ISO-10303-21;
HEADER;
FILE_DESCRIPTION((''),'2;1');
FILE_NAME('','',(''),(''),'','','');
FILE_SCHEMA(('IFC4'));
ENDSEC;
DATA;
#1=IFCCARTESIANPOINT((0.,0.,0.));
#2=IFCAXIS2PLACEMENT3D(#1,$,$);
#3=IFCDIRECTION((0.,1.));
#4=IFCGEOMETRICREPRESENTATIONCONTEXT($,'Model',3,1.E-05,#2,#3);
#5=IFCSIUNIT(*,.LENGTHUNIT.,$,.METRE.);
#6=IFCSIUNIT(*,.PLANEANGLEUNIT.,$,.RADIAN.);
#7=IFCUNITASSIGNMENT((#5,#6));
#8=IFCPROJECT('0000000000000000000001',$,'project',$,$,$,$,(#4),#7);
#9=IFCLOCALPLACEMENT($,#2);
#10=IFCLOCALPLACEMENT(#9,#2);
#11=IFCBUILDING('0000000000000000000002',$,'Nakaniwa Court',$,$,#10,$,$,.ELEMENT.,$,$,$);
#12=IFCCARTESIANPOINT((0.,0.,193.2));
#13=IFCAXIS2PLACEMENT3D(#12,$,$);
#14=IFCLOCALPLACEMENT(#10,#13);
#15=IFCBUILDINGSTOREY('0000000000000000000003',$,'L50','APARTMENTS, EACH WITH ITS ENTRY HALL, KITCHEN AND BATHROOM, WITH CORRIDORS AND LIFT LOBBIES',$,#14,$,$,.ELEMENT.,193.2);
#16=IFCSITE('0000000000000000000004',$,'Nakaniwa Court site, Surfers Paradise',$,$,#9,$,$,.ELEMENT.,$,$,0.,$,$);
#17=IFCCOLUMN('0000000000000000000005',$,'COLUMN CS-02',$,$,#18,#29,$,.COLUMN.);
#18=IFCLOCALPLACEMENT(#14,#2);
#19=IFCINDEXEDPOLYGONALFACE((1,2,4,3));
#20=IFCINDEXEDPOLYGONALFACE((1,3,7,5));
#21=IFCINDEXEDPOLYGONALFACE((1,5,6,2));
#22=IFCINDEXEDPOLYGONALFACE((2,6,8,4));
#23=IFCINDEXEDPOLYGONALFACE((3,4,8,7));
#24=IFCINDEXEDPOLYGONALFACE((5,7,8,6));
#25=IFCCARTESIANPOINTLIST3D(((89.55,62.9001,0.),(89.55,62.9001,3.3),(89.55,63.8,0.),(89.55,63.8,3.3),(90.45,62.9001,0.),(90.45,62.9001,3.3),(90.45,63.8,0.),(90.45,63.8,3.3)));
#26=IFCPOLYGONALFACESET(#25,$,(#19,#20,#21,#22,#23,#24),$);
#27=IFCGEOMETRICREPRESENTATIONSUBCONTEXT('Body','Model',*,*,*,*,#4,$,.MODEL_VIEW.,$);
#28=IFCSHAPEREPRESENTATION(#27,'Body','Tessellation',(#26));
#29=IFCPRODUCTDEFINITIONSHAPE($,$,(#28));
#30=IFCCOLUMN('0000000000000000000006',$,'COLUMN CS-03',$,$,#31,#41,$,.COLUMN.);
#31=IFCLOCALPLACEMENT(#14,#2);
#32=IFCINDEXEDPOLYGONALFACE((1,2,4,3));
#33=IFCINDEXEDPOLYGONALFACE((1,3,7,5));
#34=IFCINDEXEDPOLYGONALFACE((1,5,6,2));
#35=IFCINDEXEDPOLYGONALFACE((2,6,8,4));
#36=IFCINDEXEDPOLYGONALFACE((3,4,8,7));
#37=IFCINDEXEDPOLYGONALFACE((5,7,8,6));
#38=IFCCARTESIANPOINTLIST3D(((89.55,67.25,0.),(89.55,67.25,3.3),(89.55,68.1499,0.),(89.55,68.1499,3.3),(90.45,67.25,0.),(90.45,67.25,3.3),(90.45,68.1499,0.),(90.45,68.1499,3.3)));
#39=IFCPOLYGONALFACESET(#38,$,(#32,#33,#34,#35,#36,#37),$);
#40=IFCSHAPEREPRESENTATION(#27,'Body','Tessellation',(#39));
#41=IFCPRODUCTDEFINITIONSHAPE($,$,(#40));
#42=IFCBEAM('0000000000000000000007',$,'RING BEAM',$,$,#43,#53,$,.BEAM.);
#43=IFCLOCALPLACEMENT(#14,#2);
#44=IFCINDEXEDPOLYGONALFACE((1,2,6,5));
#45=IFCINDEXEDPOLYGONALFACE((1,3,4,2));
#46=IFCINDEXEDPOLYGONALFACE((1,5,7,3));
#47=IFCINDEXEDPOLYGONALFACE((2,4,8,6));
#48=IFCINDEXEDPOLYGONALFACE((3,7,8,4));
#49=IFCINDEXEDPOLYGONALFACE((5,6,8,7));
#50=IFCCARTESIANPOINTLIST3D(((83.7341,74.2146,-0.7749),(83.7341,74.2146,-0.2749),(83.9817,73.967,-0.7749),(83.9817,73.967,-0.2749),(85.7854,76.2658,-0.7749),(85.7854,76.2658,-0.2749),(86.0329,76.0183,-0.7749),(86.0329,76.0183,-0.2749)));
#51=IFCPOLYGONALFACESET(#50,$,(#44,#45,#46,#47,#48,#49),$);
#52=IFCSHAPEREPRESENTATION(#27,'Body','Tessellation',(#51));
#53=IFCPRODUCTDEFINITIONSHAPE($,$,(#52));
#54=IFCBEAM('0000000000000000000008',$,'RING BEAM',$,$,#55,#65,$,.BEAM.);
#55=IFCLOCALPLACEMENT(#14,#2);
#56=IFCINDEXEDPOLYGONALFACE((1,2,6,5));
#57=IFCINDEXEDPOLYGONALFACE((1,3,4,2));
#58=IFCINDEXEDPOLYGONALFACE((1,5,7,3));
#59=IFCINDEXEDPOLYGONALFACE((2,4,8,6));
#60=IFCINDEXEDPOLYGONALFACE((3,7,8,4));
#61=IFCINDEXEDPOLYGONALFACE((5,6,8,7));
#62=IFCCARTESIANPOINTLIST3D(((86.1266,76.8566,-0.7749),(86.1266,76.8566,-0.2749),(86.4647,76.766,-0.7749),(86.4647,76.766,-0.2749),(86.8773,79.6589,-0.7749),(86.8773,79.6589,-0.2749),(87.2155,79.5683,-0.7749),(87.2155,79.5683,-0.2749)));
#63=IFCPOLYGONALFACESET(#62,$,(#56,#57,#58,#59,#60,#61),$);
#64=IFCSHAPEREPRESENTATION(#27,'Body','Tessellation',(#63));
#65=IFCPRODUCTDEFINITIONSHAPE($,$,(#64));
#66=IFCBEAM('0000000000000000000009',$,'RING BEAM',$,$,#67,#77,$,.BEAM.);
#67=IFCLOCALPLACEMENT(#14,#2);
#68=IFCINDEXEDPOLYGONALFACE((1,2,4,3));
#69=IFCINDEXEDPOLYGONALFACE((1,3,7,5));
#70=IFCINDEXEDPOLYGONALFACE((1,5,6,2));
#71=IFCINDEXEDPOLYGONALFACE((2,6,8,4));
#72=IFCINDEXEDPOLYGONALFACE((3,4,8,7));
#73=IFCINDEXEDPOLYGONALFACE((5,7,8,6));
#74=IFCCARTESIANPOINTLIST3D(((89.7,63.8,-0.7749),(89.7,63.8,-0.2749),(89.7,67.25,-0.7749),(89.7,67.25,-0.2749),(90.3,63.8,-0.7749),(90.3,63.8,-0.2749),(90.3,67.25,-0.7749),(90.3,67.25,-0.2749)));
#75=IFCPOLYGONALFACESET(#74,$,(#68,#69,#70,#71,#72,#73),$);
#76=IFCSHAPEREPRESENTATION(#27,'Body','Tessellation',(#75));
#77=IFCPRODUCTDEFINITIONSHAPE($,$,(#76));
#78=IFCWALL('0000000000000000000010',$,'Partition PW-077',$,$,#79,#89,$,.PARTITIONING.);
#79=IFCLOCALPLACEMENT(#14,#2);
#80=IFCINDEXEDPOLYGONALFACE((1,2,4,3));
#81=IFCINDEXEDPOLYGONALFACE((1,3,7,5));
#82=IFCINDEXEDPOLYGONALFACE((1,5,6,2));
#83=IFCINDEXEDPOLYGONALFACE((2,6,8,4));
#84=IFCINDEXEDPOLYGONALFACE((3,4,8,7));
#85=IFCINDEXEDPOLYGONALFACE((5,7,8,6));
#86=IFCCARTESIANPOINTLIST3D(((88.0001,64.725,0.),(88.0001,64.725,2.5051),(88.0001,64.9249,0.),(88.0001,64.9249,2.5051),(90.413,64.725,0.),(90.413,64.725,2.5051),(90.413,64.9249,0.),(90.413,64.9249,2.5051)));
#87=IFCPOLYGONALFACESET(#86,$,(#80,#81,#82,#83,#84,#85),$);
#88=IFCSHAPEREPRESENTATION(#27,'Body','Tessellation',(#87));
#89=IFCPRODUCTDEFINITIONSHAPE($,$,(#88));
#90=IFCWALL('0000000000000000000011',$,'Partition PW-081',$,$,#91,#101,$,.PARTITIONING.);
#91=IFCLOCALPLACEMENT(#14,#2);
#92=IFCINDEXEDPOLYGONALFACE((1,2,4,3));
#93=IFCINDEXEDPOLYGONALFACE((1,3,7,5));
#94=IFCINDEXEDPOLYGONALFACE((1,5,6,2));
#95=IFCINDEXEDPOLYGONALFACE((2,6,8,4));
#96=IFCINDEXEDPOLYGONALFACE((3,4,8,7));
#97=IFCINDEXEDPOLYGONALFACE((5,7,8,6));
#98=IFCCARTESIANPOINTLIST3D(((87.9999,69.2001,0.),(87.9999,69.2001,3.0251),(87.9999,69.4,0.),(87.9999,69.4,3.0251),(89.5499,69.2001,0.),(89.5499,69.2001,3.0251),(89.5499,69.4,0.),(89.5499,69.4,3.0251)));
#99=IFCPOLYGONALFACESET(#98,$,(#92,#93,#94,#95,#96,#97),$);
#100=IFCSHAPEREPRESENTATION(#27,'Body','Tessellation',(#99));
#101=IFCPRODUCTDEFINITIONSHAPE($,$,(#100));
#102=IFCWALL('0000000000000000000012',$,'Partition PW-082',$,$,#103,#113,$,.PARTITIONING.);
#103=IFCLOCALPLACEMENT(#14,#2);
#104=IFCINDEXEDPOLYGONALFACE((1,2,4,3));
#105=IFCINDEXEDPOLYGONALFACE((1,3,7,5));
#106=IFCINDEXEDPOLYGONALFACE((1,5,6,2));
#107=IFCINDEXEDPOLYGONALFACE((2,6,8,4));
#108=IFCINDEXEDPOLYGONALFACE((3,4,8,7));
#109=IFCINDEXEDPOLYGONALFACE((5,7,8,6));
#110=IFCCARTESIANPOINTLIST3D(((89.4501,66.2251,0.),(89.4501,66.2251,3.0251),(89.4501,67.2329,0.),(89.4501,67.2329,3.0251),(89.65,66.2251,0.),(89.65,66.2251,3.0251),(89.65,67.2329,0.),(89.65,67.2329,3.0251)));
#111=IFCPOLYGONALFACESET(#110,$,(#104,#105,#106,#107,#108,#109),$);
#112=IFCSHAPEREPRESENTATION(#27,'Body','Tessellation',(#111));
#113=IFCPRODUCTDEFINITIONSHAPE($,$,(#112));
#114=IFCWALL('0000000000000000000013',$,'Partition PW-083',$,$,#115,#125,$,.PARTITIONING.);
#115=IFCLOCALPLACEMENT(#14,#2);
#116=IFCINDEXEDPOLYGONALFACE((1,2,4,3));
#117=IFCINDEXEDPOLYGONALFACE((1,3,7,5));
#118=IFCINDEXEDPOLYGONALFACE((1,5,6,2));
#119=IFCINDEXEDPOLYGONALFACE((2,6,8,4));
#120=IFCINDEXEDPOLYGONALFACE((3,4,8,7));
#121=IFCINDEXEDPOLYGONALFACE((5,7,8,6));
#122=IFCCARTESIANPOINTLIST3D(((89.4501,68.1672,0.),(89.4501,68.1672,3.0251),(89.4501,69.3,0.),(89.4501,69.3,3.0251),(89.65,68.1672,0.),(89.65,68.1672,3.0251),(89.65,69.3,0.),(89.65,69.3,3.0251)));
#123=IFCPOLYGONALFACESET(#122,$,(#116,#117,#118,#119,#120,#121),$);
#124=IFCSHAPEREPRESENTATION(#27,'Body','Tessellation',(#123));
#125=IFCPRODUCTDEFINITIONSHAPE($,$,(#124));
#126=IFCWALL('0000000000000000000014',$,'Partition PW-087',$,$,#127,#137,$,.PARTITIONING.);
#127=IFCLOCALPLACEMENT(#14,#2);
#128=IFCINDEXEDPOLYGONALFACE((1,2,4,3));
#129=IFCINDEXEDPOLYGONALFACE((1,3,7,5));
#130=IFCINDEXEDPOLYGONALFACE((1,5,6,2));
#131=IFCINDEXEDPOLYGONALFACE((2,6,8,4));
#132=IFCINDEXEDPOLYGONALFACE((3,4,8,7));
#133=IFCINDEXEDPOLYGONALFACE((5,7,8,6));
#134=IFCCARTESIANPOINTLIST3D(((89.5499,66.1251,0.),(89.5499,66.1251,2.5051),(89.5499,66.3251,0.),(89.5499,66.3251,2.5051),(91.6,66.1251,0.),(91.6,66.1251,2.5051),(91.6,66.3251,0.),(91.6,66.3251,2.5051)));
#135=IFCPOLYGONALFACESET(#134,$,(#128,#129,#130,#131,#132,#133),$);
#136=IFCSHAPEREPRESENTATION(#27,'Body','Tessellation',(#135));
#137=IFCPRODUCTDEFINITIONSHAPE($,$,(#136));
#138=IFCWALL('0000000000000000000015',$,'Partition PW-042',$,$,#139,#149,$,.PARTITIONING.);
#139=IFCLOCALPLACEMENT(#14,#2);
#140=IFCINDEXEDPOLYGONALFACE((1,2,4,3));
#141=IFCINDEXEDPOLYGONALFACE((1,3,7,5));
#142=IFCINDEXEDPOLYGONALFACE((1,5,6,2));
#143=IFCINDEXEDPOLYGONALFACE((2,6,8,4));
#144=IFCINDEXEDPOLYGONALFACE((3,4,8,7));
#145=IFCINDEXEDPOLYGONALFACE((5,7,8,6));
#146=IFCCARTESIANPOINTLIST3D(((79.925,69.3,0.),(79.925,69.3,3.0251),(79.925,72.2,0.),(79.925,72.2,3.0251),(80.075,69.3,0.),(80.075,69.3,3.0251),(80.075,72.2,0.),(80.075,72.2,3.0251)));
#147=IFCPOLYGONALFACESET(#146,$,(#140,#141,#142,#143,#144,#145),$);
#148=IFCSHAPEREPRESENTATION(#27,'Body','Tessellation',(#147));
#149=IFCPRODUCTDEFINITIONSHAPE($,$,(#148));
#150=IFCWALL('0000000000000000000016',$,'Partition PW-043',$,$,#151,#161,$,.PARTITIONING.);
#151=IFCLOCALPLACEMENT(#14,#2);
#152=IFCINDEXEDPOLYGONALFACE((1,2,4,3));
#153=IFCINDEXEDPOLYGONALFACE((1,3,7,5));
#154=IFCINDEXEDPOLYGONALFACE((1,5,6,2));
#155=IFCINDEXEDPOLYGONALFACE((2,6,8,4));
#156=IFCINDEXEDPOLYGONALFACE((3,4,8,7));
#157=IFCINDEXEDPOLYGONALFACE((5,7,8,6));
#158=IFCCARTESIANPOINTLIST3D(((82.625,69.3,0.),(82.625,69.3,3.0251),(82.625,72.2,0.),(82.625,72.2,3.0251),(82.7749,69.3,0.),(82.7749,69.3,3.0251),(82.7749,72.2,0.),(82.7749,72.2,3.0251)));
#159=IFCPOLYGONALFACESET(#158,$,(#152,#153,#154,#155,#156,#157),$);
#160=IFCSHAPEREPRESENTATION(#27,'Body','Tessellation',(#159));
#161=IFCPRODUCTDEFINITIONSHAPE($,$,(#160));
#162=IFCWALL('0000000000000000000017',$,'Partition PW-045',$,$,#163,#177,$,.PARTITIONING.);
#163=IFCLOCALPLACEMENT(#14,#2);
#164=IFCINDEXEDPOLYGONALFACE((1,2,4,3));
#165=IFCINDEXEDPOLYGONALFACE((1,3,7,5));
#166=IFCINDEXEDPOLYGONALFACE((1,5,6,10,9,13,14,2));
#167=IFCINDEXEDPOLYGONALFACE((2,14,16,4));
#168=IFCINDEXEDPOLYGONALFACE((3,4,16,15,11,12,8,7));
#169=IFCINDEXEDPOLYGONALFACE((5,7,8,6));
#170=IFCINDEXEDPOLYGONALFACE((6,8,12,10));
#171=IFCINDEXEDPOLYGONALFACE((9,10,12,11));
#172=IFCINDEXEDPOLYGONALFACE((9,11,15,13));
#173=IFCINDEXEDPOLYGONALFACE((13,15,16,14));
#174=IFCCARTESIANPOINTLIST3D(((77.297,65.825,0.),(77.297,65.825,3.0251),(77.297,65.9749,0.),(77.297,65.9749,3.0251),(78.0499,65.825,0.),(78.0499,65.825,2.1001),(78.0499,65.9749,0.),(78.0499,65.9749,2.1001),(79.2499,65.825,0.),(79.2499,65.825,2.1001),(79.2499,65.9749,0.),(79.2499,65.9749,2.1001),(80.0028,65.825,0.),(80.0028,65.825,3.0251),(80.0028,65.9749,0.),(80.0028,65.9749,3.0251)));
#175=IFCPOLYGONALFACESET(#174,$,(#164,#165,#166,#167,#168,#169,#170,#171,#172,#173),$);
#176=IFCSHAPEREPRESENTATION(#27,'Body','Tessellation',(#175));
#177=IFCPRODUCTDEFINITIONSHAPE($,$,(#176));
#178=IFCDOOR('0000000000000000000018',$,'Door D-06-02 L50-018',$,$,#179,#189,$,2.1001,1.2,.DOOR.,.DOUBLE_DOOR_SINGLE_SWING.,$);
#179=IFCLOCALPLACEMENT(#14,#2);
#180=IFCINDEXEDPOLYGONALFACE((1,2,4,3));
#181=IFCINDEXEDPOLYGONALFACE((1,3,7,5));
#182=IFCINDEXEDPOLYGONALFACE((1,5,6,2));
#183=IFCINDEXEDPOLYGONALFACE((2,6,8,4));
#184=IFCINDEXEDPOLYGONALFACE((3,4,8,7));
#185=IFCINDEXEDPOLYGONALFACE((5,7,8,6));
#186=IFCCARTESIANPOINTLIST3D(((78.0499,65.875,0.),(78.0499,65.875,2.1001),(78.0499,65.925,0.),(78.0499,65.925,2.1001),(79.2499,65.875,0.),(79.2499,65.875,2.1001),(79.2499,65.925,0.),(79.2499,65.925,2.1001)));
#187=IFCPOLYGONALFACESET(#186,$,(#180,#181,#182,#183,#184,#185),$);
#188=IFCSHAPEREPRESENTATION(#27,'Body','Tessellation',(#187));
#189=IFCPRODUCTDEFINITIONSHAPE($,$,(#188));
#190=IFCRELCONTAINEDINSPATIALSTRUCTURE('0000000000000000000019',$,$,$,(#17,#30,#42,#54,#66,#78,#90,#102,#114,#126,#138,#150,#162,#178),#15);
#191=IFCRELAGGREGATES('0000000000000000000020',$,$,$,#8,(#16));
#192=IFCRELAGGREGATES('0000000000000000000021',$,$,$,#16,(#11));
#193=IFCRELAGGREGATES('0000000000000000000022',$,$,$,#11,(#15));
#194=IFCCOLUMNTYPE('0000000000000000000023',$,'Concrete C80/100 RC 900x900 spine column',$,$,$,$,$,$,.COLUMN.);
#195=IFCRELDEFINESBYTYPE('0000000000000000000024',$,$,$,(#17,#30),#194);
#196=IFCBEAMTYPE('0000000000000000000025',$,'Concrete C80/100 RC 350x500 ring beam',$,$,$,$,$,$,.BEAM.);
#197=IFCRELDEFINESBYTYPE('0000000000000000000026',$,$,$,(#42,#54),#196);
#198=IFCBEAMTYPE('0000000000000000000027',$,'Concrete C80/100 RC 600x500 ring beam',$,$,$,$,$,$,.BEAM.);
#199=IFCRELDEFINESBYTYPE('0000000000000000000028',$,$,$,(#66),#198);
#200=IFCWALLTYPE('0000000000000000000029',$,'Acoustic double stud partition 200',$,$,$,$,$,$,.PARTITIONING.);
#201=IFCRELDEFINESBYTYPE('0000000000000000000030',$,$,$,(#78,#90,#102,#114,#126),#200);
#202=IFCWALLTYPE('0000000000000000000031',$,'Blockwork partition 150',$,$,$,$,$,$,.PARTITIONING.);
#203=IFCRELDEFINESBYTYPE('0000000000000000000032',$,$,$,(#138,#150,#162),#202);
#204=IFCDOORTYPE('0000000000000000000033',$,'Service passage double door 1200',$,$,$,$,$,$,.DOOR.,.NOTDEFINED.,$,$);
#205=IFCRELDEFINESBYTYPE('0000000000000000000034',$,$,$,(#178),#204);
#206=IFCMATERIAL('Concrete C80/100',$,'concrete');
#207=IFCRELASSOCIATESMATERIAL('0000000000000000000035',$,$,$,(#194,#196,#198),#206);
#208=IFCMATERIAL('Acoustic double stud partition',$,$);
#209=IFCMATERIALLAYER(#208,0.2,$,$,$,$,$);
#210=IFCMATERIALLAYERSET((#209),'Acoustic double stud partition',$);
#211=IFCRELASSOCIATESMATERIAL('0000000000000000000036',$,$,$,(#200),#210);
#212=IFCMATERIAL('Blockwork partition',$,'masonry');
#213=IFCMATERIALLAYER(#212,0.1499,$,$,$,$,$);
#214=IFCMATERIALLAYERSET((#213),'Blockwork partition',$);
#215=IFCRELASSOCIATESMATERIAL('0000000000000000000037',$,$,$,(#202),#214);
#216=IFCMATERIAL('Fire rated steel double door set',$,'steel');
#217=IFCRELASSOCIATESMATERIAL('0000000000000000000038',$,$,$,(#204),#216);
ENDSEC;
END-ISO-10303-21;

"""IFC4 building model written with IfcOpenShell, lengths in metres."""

from ifc_helpers import new_model, si_unit, direction, frame, frame_2d, origin, origin_2d, place, context, subcontext, project, spatial, rectangle, extrude, material, layer, layer_set, material_profile, profile_set, type_object, element, fill, save


model = new_model("IFC4")

# Units and contexts
model_context = context("Model", 3, precision=1e-05, world=origin(), true_north=direction((0.0, 1.0)))
body_context = subcontext(model_context, "Body", "Model", "MODEL_VIEW")
ifc_project = project(units=[si_unit("LENGTHUNIT", "METRE"), si_unit("PLANEANGLEUNIT", "RADIAN")], contexts=[model_context])

# Site, building, storey
site_placement = place(None, origin())
site = spatial("IfcSite", under=ifc_project, at=site_placement, Name="Nakaniwa Court site, Surfers Paradise", CompositionType="ELEMENT", RefElevation=0.0)
building_placement = place(site_placement, origin())
building = spatial("IfcBuilding", under=site, at=building_placement, Name="Nakaniwa Court", CompositionType="ELEMENT")
storey_placement = place(building_placement, frame((0.0, 0.0, 193.2)))
storey = spatial("IfcBuildingStorey", under=building, at=storey_placement, Name="L50", Description="APARTMENTS, EACH WITH ITS ENTRY HALL, KITCHEN AND BATHROOM, WITH CORRIDORS AND LIFT LOBBIES", CompositionType="ELEMENT", Elevation=193.2)

# Columns
ifc_material_1 = material(Name="Concrete C80/100", Category="concrete")
ifc_material_profile_1 = material_profile(ifc_material_1, rectangle(XDim=0.8999, YDim=0.8999, at=origin_2d()), Name="Concrete C80/100 RC 900x900 spine column")
ifc_profile_set_1 = profile_set([ifc_material_profile_1], Name="Concrete C80/100")
column_type_1 = type_object("IfcColumnType", Name="Concrete C80/100 RC 900x900 spine column", PredefinedType="COLUMN", material=ifc_profile_set_1)
for number, where, z_axis, x_axis, name in (
    (1, (90.0, 63.3501, 0.0), (0.0, 0.0, 1.0), (0.0, 1.0, 0.0), "COLUMN CS-02"),
    (2, (90.0, 67.7, 0.0), (0.0, 0.0, 1.0), (0.0, 1.0, 0.0), "COLUMN CS-03"),
):
    element("IfcColumn", number, at=place(storey_placement, frame(where, z_axis=z_axis, x_axis=x_axis)), inside=storey, type_object=column_type_1, Name=name, PredefinedType="COLUMN", context=body_context, shape_type="SweptSolid", body=[
        extrude(rectangle(XDim=0.8999, YDim=0.8999, at=origin_2d()), origin(), (0.0, 0.0, 1.0), 3.3),
    ])

# Beams
ifc_material_profile_2 = material_profile(ifc_material_1, rectangle(XDim=0.3501, YDim=0.5, at=origin_2d()), Name="Concrete C80/100 RC 350x500 ring beam")
ifc_profile_set_2 = profile_set([ifc_material_profile_2], Name="Concrete C80/100")
beam_type_1 = type_object("IfcBeamType", Name="Concrete C80/100 RC 350x500 ring beam", PredefinedType="BEAM", material=ifc_profile_set_2)
beam_1_placement = place(storey_placement, frame((83.8579, 74.0908, -0.5249), z_axis=(0.707107, 0.707107, 0.0), x_axis=(-0.707107, 0.707107, 0.0)))
element("IfcBeam", 3, at=beam_1_placement, inside=storey, type_object=beam_type_1, Name="RING BEAM", PredefinedType="BEAM", context=body_context, shape_type="SweptSolid", body=[
    extrude(rectangle(XDim=0.3501, YDim=0.5, at=origin_2d()), origin(), (0.0, 0.0, 1.0), 2.9009),
])
beam_2_placement = place(storey_placement, frame((86.2957, 76.8113, -0.5249), z_axis=(0.258778, 0.965937, 0.0), x_axis=(-0.965937, 0.258778, 0.0)))
element("IfcBeam", 4, at=beam_2_placement, inside=storey, type_object=beam_type_1, Name="RING BEAM", PredefinedType="BEAM", context=body_context, shape_type="SweptSolid", body=[
    extrude(rectangle(XDim=0.3501, YDim=0.5, at=origin_2d()), origin(), (0.0, 0.0, 1.0), 2.9011),
])
ifc_material_profile_3 = material_profile(ifc_material_1, rectangle(XDim=0.6001, YDim=0.5, at=origin_2d()), Name="Concrete C80/100 RC 600x500 ring beam")
ifc_profile_set_3 = profile_set([ifc_material_profile_3], Name="Concrete C80/100")
beam_type_2 = type_object("IfcBeamType", Name="Concrete C80/100 RC 600x500 ring beam", PredefinedType="BEAM", material=ifc_profile_set_3)
beam_3_placement = place(storey_placement, frame((90.0, 63.8, -0.5249), z_axis=(0.0, 1.0, 0.0), x_axis=(-1.0, 0.0, 0.0)))
element("IfcBeam", 5, at=beam_3_placement, inside=storey, type_object=beam_type_2, Name="RING BEAM", PredefinedType="BEAM", context=body_context, shape_type="SweptSolid", body=[
    extrude(rectangle(XDim=0.6001, YDim=0.5, at=origin_2d()), origin(), (0.0, 0.0, 1.0), 3.45),
])

# Walls
ifc_material_2 = material(Name="Acoustic double stud partition")
ifc_layer_1 = layer(ifc_material_2, 0.2)
ifc_layer_set_1 = layer_set([ifc_layer_1], Name="Acoustic double stud partition")
wall_type_1 = type_object("IfcWallType", Name="Acoustic double stud partition 200", PredefinedType="PARTITIONING", material=ifc_layer_set_1)
wall_1_placement = place(storey_placement, frame((88.0, 64.825, 0.0), z_axis=(0.0, 0.0, 1.0), x_axis=(1.0, 0.0, 0.0)))
element("IfcWall", 6, at=wall_1_placement, inside=storey, type_object=wall_type_1, Name="Partition PW-077", PredefinedType="PARTITIONING", context=body_context, shape_type="SweptSolid", body=[
    extrude(rectangle(XDim=2.4128, YDim=0.2, at=frame_2d((1.2065, 0.0))), origin(), (0.0, 0.0, 1.0), 2.5051),
])
wall_2_placement = place(storey_placement, frame((88.0, 69.3, 0.0), z_axis=(0.0, 0.0, 1.0), x_axis=(1.0, 0.0, 0.0)))
element("IfcWall", 7, at=wall_2_placement, inside=storey, type_object=wall_type_1, Name="Partition PW-081", PredefinedType="PARTITIONING", context=body_context, shape_type="SweptSolid", body=[
    extrude(rectangle(XDim=1.55, YDim=0.2, at=frame_2d((0.7749, 0.0))), origin(), (0.0, 0.0, 1.0), 3.0251),
])
wall_3_placement = place(storey_placement, frame((89.55, 66.2251, 0.0), z_axis=(0.0, 0.0, 1.0), x_axis=(0.0, 1.0, 0.0)))
element("IfcWall", 8, at=wall_3_placement, inside=storey, type_object=wall_type_1, Name="Partition PW-082", PredefinedType="PARTITIONING", context=body_context, shape_type="SweptSolid", body=[
    extrude(rectangle(XDim=1.0078, YDim=0.2, at=frame_2d((0.5039, 0.0))), origin(), (0.0, 0.0, 1.0), 3.0251),
])
wall_4_placement = place(storey_placement, frame((89.55, 68.1672, 0.0), z_axis=(0.0, 0.0, 1.0), x_axis=(0.0, 1.0, 0.0)))
element("IfcWall", 9, at=wall_4_placement, inside=storey, type_object=wall_type_1, Name="Partition PW-083", PredefinedType="PARTITIONING", context=body_context, shape_type="SweptSolid", body=[
    extrude(rectangle(XDim=1.1328, YDim=0.2, at=frame_2d((0.5664, 0.0))), origin(), (0.0, 0.0, 1.0), 3.0251),
])
wall_5_placement = place(storey_placement, frame((89.55, 66.2251, 0.0), z_axis=(0.0, 0.0, 1.0), x_axis=(1.0, 0.0, 0.0)))
element("IfcWall", 10, at=wall_5_placement, inside=storey, type_object=wall_type_1, Name="Partition PW-087", PredefinedType="PARTITIONING", context=body_context, shape_type="SweptSolid", body=[
    extrude(rectangle(XDim=2.05, YDim=0.2, at=frame_2d((1.0249, 0.0))), origin(), (0.0, 0.0, 1.0), 2.5051),
])
ifc_material_3 = material(Name="Blockwork partition", Category="masonry")
ifc_layer_2 = layer(ifc_material_3, 0.1499)
ifc_layer_set_2 = layer_set([ifc_layer_2], Name="Blockwork partition")
wall_type_2 = type_object("IfcWallType", Name="Blockwork partition 150", PredefinedType="PARTITIONING", material=ifc_layer_set_2)
for number, where, z_axis, x_axis, name in (
    (11, (80.0, 69.3, 0.0), (0.0, 0.0, 1.0), (0.0, 1.0, 0.0), "Partition PW-042"),
    (12, (82.7, 69.3, 0.0), (0.0, 0.0, 1.0), (0.0, 1.0, 0.0), "Partition PW-043"),
):
    element("IfcWall", number, at=place(storey_placement, frame(where, z_axis=z_axis, x_axis=x_axis)), inside=storey, type_object=wall_type_2, Name=name, PredefinedType="PARTITIONING", context=body_context, shape_type="SweptSolid", body=[
        extrude(rectangle(XDim=2.8999, YDim=0.1499, at=frame_2d((1.45, 0.0))), origin(), (0.0, 0.0, 1.0), 3.0251),
    ])

# Wall, opening, door
wall_6_placement = place(storey_placement, frame((80.0029, 65.8999, 0.0), z_axis=(0.0, 0.0, 1.0), x_axis=(-1.0, 0.0, 0.0)))
wall_6 = element("IfcWall", 13, at=wall_6_placement, inside=storey, type_object=wall_type_2, Name="Partition PW-045", PredefinedType="PARTITIONING", context=body_context, shape_type="SweptSolid", body=[
    extrude(rectangle(XDim=2.7058, YDim=0.1499, at=frame_2d((1.353, 0.0))), origin(), (0.0, 0.0, 1.0), 3.0251),
])
opening_1_placement = place(wall_6_placement, frame((0.7529, 0.0, 0.0)))
opening_1 = element("IfcOpeningElement", 14, at=opening_1_placement, cuts=wall_6, PredefinedType="OPENING", context=body_context, shape_type="SweptSolid", body=[
    extrude(rectangle(XDim=1.2, YDim=2.1001, at=frame_2d((0.6001, 1.05))), frame((0.0, 0.085, 0.0), z_axis=(0.0, -1.0, 0.0), x_axis=(1.0, 0.0, 0.0)), (0.0, 0.0, 1.0), 0.1699),
])
ifc_material_4 = material(Name="Fire rated steel double door set", Category="steel")
door_type_1 = type_object("IfcDoorType", Name="Service passage double door 1200", OperationType="NOTDEFINED", PredefinedType="DOOR", material=ifc_material_4)
door_1_placement = place(opening_1_placement, origin())
door_1 = element("IfcDoor", 15, at=door_1_placement, inside=storey, type_object=door_type_1, Name="Door D-06-02 L50-018", OperationType="DOUBLE_DOOR_SINGLE_SWING", OverallHeight=2.1001, OverallWidth=1.2, PredefinedType="DOOR", context=body_context, shape_type="SweptSolid", body=[
    extrude(rectangle(XDim=1.2, YDim=2.1001, at=frame_2d((0.6001, 1.05))), frame((0.0, 0.0249, 0.0), z_axis=(0.0, -1.0, 0.0), x_axis=(1.0, 0.0, 0.0)), (0.0, 0.0, 1.0), 0.05),
])
fill(opening_1, door_1)

save(model, "model.ifc")
